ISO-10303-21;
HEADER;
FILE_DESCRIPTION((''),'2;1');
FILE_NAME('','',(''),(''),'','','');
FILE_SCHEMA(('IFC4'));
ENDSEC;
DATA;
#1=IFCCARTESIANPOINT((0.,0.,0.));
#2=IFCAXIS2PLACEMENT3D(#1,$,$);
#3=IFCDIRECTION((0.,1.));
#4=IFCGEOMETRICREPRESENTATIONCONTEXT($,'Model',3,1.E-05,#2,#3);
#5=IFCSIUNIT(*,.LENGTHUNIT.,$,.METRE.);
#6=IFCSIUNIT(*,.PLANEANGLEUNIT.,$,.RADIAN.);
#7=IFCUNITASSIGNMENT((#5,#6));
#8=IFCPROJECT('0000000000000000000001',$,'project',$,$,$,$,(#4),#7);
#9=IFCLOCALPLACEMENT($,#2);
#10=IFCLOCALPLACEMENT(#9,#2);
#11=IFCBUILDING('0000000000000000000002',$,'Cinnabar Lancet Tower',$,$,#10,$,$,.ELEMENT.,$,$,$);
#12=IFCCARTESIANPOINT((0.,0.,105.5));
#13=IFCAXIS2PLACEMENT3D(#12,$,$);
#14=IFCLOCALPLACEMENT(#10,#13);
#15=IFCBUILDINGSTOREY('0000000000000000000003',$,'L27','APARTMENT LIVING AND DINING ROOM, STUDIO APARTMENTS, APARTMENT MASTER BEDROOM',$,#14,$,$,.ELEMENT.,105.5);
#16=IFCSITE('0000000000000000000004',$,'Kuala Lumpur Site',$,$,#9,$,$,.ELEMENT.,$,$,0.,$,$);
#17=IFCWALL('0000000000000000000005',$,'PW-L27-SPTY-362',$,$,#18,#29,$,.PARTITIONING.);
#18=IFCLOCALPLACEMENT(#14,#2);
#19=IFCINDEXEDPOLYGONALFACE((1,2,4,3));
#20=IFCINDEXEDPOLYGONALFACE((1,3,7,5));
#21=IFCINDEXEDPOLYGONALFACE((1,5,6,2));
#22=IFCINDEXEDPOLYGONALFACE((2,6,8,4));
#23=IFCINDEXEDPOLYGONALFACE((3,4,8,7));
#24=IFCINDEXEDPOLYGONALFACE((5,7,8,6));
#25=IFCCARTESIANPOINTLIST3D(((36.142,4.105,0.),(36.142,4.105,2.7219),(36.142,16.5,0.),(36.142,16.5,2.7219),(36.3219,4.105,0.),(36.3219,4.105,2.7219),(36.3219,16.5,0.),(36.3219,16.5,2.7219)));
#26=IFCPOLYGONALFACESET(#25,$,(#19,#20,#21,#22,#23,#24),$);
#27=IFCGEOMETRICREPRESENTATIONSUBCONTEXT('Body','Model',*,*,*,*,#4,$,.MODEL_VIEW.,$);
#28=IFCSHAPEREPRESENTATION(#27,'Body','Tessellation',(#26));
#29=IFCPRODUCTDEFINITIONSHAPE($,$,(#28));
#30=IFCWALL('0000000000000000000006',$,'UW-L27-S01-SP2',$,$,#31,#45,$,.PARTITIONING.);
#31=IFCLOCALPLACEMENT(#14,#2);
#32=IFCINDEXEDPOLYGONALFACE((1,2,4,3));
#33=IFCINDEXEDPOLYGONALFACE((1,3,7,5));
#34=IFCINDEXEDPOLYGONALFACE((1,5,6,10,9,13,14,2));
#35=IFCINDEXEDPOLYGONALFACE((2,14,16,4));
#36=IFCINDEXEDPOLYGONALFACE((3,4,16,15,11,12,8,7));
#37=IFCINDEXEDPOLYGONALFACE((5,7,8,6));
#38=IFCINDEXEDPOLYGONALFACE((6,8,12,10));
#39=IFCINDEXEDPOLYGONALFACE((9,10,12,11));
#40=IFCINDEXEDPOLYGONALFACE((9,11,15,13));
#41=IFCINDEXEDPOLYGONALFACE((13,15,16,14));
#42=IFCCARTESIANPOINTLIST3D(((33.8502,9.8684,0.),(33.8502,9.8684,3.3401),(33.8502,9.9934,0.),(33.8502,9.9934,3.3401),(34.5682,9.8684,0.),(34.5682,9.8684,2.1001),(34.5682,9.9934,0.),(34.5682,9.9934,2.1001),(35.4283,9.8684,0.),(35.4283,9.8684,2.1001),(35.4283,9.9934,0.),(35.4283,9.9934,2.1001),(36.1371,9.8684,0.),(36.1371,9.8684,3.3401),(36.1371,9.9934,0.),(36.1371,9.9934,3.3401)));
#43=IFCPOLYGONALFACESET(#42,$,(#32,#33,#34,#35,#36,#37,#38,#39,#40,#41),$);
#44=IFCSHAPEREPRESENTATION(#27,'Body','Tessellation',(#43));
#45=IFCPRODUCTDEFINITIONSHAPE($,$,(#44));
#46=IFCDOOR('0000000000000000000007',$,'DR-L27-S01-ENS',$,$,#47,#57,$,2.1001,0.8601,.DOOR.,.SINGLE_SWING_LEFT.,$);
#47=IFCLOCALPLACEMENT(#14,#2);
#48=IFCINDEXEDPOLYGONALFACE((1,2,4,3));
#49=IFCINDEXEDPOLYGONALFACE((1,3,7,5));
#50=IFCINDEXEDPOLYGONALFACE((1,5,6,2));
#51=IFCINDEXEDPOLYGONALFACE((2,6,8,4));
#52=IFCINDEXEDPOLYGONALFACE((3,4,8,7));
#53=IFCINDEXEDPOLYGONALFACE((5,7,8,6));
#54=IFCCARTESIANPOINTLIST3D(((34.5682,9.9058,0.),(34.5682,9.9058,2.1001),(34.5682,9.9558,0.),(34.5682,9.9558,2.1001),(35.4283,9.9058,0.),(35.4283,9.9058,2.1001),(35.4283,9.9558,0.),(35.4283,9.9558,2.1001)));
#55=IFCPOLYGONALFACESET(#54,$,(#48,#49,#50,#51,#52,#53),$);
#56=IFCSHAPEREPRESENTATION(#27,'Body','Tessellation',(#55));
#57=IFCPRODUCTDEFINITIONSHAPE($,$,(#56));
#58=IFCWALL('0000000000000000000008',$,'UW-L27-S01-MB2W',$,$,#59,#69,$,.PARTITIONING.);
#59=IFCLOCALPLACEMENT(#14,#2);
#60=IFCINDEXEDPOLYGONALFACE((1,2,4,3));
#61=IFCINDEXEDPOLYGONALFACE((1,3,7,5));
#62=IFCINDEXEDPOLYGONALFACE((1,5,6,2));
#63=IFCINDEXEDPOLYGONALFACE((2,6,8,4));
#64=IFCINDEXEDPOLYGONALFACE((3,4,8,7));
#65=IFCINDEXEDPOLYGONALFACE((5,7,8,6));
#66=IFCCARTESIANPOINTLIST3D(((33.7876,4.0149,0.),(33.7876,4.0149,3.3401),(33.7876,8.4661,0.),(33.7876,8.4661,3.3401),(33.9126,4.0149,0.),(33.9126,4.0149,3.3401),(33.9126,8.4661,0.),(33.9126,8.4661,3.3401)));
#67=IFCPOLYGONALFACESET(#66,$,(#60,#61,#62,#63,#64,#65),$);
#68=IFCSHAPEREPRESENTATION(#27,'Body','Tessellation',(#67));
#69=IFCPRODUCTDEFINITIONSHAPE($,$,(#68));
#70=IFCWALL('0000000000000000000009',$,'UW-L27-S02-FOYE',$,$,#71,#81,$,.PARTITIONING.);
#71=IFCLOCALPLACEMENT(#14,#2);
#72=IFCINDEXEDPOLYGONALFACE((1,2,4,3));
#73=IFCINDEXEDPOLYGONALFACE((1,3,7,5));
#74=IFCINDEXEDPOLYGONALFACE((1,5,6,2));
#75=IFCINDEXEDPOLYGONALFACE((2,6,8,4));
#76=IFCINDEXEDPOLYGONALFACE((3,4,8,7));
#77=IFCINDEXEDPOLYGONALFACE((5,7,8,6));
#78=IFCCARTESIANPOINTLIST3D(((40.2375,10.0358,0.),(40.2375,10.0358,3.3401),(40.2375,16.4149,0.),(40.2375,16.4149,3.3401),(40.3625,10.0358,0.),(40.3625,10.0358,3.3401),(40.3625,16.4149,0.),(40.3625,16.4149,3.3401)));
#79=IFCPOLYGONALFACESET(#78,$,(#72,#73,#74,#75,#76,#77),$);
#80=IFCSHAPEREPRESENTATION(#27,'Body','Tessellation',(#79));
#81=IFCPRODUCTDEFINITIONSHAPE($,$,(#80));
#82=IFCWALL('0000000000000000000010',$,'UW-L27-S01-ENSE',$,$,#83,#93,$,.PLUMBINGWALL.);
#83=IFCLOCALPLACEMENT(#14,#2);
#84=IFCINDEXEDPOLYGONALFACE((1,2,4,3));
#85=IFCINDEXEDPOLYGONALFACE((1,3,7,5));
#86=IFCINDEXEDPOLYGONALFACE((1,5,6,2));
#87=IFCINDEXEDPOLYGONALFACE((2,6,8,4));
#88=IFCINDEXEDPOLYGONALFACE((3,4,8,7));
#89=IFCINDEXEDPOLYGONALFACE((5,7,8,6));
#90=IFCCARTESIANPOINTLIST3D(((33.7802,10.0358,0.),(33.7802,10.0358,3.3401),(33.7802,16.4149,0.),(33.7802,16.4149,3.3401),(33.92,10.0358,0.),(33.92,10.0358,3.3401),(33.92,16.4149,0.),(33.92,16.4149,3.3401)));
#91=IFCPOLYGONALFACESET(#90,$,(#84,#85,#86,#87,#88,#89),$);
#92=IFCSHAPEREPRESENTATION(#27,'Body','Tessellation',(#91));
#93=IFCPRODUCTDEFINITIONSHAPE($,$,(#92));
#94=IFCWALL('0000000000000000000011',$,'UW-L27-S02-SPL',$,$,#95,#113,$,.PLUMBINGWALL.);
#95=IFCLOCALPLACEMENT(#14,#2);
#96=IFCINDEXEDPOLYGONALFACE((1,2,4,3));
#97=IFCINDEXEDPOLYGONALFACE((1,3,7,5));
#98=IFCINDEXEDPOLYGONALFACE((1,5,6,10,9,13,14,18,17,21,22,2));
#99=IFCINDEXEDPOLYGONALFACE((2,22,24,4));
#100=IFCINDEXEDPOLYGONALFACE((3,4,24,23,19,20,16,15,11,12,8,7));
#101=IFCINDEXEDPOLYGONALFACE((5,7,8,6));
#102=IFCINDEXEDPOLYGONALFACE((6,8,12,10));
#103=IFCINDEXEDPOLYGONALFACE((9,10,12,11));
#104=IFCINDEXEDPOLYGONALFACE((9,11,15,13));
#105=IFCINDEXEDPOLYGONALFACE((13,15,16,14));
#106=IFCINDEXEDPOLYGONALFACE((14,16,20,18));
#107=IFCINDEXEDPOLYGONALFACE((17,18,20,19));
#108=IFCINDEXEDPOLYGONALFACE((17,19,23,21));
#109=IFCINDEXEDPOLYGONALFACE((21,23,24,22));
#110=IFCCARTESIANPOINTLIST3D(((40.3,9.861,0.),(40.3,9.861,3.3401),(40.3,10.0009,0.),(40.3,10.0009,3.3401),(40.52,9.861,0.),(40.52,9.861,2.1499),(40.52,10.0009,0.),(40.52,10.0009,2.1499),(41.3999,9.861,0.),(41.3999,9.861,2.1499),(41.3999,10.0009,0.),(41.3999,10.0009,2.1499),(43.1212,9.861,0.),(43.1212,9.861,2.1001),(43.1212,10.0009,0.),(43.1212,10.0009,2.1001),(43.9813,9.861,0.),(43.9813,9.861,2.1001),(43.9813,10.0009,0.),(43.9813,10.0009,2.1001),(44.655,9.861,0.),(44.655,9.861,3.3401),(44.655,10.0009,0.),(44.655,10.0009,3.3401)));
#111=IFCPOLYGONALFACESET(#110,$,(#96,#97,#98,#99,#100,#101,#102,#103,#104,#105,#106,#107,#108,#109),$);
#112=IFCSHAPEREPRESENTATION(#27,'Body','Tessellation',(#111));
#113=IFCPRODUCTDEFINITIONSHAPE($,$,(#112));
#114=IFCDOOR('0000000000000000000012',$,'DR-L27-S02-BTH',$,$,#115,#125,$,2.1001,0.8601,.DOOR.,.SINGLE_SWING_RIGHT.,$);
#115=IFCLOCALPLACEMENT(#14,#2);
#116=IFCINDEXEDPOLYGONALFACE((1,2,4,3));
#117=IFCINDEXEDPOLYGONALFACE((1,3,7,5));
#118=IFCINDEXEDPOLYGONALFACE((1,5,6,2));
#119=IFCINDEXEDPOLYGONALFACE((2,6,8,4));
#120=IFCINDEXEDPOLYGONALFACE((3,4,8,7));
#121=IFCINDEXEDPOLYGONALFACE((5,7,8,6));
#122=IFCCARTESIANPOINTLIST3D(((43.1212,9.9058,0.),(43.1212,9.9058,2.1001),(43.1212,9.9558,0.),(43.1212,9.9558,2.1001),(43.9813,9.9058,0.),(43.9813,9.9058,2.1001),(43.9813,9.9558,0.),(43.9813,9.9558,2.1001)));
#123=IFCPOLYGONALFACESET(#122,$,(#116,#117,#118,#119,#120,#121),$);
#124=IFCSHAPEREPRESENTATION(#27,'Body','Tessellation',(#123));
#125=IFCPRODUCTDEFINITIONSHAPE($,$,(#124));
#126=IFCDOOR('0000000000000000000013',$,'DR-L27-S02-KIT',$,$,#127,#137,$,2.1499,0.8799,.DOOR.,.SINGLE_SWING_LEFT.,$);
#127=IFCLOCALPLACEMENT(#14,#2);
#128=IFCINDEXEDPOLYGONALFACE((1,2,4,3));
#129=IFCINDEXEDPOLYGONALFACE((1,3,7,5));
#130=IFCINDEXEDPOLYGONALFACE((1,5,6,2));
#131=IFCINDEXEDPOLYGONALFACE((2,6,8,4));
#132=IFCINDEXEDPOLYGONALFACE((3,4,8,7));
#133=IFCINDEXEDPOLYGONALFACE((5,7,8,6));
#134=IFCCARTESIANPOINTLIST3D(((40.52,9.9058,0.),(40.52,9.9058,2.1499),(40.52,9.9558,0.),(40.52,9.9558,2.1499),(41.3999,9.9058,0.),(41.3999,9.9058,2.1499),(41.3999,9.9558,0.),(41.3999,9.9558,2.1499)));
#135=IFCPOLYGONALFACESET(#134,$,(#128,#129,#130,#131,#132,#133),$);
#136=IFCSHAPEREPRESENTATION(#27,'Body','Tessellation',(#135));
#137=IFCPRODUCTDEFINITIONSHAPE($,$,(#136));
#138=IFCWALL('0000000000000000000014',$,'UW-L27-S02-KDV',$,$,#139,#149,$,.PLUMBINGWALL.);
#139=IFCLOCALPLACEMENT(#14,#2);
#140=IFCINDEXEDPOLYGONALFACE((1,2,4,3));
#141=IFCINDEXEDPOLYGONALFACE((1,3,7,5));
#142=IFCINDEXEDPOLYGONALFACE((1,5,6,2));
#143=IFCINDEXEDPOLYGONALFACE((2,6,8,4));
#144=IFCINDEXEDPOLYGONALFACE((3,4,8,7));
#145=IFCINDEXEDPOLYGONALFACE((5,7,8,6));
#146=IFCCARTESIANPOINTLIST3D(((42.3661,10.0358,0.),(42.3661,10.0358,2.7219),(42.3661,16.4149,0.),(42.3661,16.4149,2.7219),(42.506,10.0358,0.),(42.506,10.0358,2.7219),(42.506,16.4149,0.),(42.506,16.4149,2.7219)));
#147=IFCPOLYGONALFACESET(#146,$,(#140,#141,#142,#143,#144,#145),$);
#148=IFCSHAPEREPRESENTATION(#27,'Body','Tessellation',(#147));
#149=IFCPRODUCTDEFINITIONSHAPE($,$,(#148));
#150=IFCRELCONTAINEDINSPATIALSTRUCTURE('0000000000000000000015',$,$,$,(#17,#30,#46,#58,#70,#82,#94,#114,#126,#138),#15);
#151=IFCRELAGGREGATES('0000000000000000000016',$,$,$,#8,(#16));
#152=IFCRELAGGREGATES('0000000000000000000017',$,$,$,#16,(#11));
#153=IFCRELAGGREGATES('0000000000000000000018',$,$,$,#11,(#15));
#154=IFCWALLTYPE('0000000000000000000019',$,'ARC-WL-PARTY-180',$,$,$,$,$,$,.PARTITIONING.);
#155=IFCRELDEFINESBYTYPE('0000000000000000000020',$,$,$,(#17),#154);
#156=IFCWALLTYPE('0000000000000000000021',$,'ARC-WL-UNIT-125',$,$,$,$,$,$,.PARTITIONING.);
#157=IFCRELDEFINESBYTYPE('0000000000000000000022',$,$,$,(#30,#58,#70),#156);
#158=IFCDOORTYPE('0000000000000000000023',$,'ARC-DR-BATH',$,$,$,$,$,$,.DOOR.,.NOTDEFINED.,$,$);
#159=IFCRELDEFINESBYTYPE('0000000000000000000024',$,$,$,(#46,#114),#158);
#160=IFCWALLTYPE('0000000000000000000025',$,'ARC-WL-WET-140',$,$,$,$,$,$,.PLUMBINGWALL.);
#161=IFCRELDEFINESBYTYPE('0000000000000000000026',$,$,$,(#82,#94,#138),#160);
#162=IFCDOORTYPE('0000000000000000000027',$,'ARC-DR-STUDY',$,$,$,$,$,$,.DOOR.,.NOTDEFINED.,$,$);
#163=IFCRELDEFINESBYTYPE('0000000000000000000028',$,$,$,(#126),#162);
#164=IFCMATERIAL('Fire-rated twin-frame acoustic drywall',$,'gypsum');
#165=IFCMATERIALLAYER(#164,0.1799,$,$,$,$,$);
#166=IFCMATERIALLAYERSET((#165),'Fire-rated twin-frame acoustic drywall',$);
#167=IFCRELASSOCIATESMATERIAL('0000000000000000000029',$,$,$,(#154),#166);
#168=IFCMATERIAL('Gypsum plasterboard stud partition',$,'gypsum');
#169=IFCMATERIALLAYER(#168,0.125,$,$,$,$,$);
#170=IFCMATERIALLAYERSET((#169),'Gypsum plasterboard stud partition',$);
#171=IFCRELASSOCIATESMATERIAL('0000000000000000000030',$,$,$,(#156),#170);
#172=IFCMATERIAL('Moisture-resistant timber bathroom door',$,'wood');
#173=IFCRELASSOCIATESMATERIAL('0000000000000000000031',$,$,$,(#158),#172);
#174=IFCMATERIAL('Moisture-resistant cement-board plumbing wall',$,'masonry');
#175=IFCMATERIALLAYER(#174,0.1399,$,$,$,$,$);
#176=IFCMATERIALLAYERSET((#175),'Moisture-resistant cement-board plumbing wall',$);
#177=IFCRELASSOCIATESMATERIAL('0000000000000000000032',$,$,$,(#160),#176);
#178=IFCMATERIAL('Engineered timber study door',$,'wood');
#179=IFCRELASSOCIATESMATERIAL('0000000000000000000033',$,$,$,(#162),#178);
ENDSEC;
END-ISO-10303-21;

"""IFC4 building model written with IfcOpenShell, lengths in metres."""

from ifc_helpers import new_model, si_unit, direction, frame, frame_2d, origin, place, context, subcontext, project, spatial, rectangle, extrude, material, layer, layer_set, type_object, element, fill, save


model = new_model("IFC4")

# Units and contexts
model_context = context("Model", 3, precision=1e-05, world=origin(), true_north=direction((0.0, 1.0)))
body_context = subcontext(model_context, "Body", "Model", "MODEL_VIEW")
ifc_project = project(units=[si_unit("LENGTHUNIT", "METRE"), si_unit("PLANEANGLEUNIT", "RADIAN")], contexts=[model_context])

# Site, building, storey
site_placement = place(None, origin())
site = spatial("IfcSite", under=ifc_project, at=site_placement, Name="Kuala Lumpur Site", CompositionType="ELEMENT", RefElevation=0.0)
building_placement = place(site_placement, origin())
building = spatial("IfcBuilding", under=site, at=building_placement, Name="Cinnabar Lancet Tower", CompositionType="ELEMENT")
storey_placement = place(building_placement, frame((0.0, 0.0, 105.5)))
storey = spatial("IfcBuildingStorey", under=building, at=storey_placement, Name="L27", Description="APARTMENT LIVING AND DINING ROOM, STUDIO APARTMENTS, APARTMENT MASTER BEDROOM", CompositionType="ELEMENT", Elevation=105.5)

# Wall
ifc_material_1 = material(Name="Fire-rated twin-frame acoustic drywall", Category="gypsum")
ifc_layer_1 = layer(ifc_material_1, 0.1799)
ifc_layer_set_1 = layer_set([ifc_layer_1], Name="Fire-rated twin-frame acoustic drywall")
wall_type_1 = type_object("IfcWallType", Name="ARC-WL-PARTY-180", PredefinedType="PARTITIONING", material=ifc_layer_set_1)
wall_1_placement = place(storey_placement, frame((36.2319, 4.105, 0.0), z_axis=(0.0, 0.0, 1.0), x_axis=(0.0, 1.0, 0.0)))
element("IfcWall", 1, at=wall_1_placement, inside=storey, type_object=wall_type_1, Name="PW-L27-SPTY-362", PredefinedType="PARTITIONING", context=body_context, shape_type="SweptSolid", body=[
    extrude(rectangle(XDim=12.395, YDim=0.1799, at=frame_2d((6.1975, 0.0))), origin(), (0.0, 0.0, 1.0), 2.7219),
])

# Wall, opening, door
ifc_material_2 = material(Name="Gypsum plasterboard stud partition", Category="gypsum")
ifc_layer_2 = layer(ifc_material_2, 0.125)
ifc_layer_set_2 = layer_set([ifc_layer_2], Name="Gypsum plasterboard stud partition")
wall_type_2 = type_object("IfcWallType", Name="ARC-WL-UNIT-125", PredefinedType="PARTITIONING", material=ifc_layer_set_2)
wall_2_placement = place(storey_placement, frame((33.8501, 9.9309, 0.0), z_axis=(0.0, 0.0, 1.0), x_axis=(1.0, 0.0, 0.0)))
wall_2 = element("IfcWall", 2, at=wall_2_placement, inside=storey, type_object=wall_type_2, Name="UW-L27-S01-SP2", PredefinedType="PARTITIONING", context=body_context, shape_type="SweptSolid", body=[
    extrude(rectangle(XDim=2.2869, YDim=0.125, at=frame_2d((1.1436, 0.0))), origin(), (0.0, 0.0, 1.0), 3.3401),
])
opening_1_placement = place(wall_2_placement, frame((0.718, 0.0, 0.0)))
opening_1 = element("IfcOpeningElement", 3, at=opening_1_placement, cuts=wall_2, PredefinedType="OPENING", context=body_context, shape_type="SweptSolid", body=[
    extrude(rectangle(XDim=0.8601, YDim=2.1001, at=frame_2d((0.4302, 1.05))), frame((0.0, 0.0725, 0.0), z_axis=(0.0, -1.0, 0.0), x_axis=(1.0, 0.0, 0.0)), (0.0, 0.0, 1.0), 0.145),
])
ifc_material_3 = material(Name="Moisture-resistant timber bathroom door", Category="wood")
door_type_1 = type_object("IfcDoorType", Name="ARC-DR-BATH", OperationType="NOTDEFINED", PredefinedType="DOOR", material=ifc_material_3)
door_1_placement = place(opening_1_placement, origin())
door_1 = element("IfcDoor", 4, at=door_1_placement, inside=storey, type_object=door_type_1, Name="DR-L27-S01-ENS", OperationType="SINGLE_SWING_LEFT", OverallHeight=2.1001, OverallWidth=0.8601, PredefinedType="DOOR", context=body_context, shape_type="SweptSolid", body=[
    extrude(rectangle(XDim=0.8601, YDim=2.1001, at=frame_2d((0.4302, 1.05))), frame((0.0, 0.0249, 0.0), z_axis=(0.0, -1.0, 0.0), x_axis=(1.0, 0.0, 0.0)), (0.0, 0.0, 1.0), 0.05),
])
fill(opening_1, door_1)

# Walls
wall_3_placement = place(storey_placement, frame((33.8501, 4.0149, 0.0), z_axis=(0.0, 0.0, 1.0), x_axis=(0.0, 1.0, 0.0)))
element("IfcWall", 5, at=wall_3_placement, inside=storey, type_object=wall_type_2, Name="UW-L27-S01-MB2W", PredefinedType="PARTITIONING", context=body_context, shape_type="SweptSolid", body=[
    extrude(rectangle(XDim=4.4512, YDim=0.125, at=frame_2d((2.2256, 0.0))), origin(), (0.0, 0.0, 1.0), 3.3401),
])
wall_4_placement = place(storey_placement, frame((40.3, 10.0359, 0.0), z_axis=(0.0, 0.0, 1.0), x_axis=(0.0, 1.0, 0.0)))
element("IfcWall", 6, at=wall_4_placement, inside=storey, type_object=wall_type_2, Name="UW-L27-S02-FOYE", PredefinedType="PARTITIONING", context=body_context, shape_type="SweptSolid", body=[
    extrude(rectangle(XDim=6.3792, YDim=0.125, at=frame_2d((3.1895, 0.0))), origin(), (0.0, 0.0, 1.0), 3.3401),
])
ifc_material_4 = material(Name="Moisture-resistant cement-board plumbing wall", Category="masonry")
ifc_layer_3 = layer(ifc_material_4, 0.1399)
ifc_layer_set_3 = layer_set([ifc_layer_3], Name="Moisture-resistant cement-board plumbing wall")
wall_type_3 = type_object("IfcWallType", Name="ARC-WL-WET-140", PredefinedType="PLUMBINGWALL", material=ifc_layer_set_3)
wall_5_placement = place(storey_placement, frame((33.8501, 10.0359, 0.0), z_axis=(0.0, 0.0, 1.0), x_axis=(0.0, 1.0, 0.0)))
element("IfcWall", 7, at=wall_5_placement, inside=storey, type_object=wall_type_3, Name="UW-L27-S01-ENSE", PredefinedType="PLUMBINGWALL", context=body_context, shape_type="SweptSolid", body=[
    extrude(rectangle(XDim=6.3792, YDim=0.1399, at=frame_2d((3.1895, 0.0))), origin(), (0.0, 0.0, 1.0), 3.3401),
])

# Wall, openings, doors
wall_6_placement = place(storey_placement, frame((40.3, 9.9309, 0.0), z_axis=(0.0, 0.0, 1.0), x_axis=(1.0, 0.0, 0.0)))
wall_6 = element("IfcWall", 8, at=wall_6_placement, inside=storey, type_object=wall_type_3, Name="UW-L27-S02-SPL", PredefinedType="PLUMBINGWALL", context=body_context, shape_type="SweptSolid", body=[
    extrude(rectangle(XDim=4.355, YDim=0.1399, at=frame_2d((2.1775, 0.0))), origin(), (0.0, 0.0, 1.0), 3.3401),
])
opening_2_placement = place(wall_6_placement, frame((2.821, 0.0, 0.0)))
opening_2 = element("IfcOpeningElement", 9, at=opening_2_placement, cuts=wall_6, PredefinedType="OPENING", context=body_context, shape_type="SweptSolid", body=[
    extrude(rectangle(XDim=0.8601, YDim=2.1001, at=frame_2d((0.4302, 1.05))), frame((0.0, 0.0798, 0.0), z_axis=(0.0, -1.0, 0.0), x_axis=(1.0, 0.0, 0.0)), (0.0, 0.0, 1.0), 0.1599),
])
opening_3_placement = place(wall_6_placement, frame((0.22, 0.0, 0.0)))
opening_3 = element("IfcOpeningElement", 10, at=opening_3_placement, cuts=wall_6, PredefinedType="OPENING", context=body_context, shape_type="SweptSolid", body=[
    extrude(rectangle(XDim=0.8799, YDim=2.1499, at=frame_2d((0.4399, 1.075))), frame((0.0, 0.0798, 0.0), z_axis=(0.0, -1.0, 0.0), x_axis=(1.0, 0.0, 0.0)), (0.0, 0.0, 1.0), 0.1599),
])
door_2_placement = place(opening_2_placement, origin())
door_2 = element("IfcDoor", 11, at=door_2_placement, inside=storey, type_object=door_type_1, Name="DR-L27-S02-BTH", OperationType="SINGLE_SWING_RIGHT", OverallHeight=2.1001, OverallWidth=0.8601, PredefinedType="DOOR", context=body_context, shape_type="SweptSolid", body=[
    extrude(rectangle(XDim=0.8601, YDim=2.1001, at=frame_2d((0.4302, 1.05))), frame((0.0, 0.0249, 0.0), z_axis=(0.0, -1.0, 0.0), x_axis=(1.0, 0.0, 0.0)), (0.0, 0.0, 1.0), 0.05),
])
fill(opening_2, door_2)
ifc_material_5 = material(Name="Engineered timber study door", Category="wood")
door_type_2 = type_object("IfcDoorType", Name="ARC-DR-STUDY", OperationType="NOTDEFINED", PredefinedType="DOOR", material=ifc_material_5)
door_3_placement = place(opening_3_placement, origin())
door_3 = element("IfcDoor", 12, at=door_3_placement, inside=storey, type_object=door_type_2, Name="DR-L27-S02-KIT", OperationType="SINGLE_SWING_LEFT", OverallHeight=2.1499, OverallWidth=0.8799, PredefinedType="DOOR", context=body_context, shape_type="SweptSolid", body=[
    extrude(rectangle(XDim=0.8799, YDim=2.1499, at=frame_2d((0.4399, 1.075))), frame((0.0, 0.0249, 0.0), z_axis=(0.0, -1.0, 0.0), x_axis=(1.0, 0.0, 0.0)), (0.0, 0.0, 1.0), 0.05),
])
fill(opening_3, door_3)

# Wall
wall_7_placement = place(storey_placement, frame((42.436, 10.0359, 0.0), z_axis=(0.0, 0.0, 1.0), x_axis=(0.0, 1.0, 0.0)))
element("IfcWall", 13, at=wall_7_placement, inside=storey, type_object=wall_type_3, Name="UW-L27-S02-KDV", PredefinedType="PLUMBINGWALL", context=body_context, shape_type="SweptSolid", body=[
    extrude(rectangle(XDim=6.3792, YDim=0.1399, at=frame_2d((3.1895, 0.0))), origin(), (0.0, 0.0, 1.0), 2.7219),
])

save(model, "model.ifc")
